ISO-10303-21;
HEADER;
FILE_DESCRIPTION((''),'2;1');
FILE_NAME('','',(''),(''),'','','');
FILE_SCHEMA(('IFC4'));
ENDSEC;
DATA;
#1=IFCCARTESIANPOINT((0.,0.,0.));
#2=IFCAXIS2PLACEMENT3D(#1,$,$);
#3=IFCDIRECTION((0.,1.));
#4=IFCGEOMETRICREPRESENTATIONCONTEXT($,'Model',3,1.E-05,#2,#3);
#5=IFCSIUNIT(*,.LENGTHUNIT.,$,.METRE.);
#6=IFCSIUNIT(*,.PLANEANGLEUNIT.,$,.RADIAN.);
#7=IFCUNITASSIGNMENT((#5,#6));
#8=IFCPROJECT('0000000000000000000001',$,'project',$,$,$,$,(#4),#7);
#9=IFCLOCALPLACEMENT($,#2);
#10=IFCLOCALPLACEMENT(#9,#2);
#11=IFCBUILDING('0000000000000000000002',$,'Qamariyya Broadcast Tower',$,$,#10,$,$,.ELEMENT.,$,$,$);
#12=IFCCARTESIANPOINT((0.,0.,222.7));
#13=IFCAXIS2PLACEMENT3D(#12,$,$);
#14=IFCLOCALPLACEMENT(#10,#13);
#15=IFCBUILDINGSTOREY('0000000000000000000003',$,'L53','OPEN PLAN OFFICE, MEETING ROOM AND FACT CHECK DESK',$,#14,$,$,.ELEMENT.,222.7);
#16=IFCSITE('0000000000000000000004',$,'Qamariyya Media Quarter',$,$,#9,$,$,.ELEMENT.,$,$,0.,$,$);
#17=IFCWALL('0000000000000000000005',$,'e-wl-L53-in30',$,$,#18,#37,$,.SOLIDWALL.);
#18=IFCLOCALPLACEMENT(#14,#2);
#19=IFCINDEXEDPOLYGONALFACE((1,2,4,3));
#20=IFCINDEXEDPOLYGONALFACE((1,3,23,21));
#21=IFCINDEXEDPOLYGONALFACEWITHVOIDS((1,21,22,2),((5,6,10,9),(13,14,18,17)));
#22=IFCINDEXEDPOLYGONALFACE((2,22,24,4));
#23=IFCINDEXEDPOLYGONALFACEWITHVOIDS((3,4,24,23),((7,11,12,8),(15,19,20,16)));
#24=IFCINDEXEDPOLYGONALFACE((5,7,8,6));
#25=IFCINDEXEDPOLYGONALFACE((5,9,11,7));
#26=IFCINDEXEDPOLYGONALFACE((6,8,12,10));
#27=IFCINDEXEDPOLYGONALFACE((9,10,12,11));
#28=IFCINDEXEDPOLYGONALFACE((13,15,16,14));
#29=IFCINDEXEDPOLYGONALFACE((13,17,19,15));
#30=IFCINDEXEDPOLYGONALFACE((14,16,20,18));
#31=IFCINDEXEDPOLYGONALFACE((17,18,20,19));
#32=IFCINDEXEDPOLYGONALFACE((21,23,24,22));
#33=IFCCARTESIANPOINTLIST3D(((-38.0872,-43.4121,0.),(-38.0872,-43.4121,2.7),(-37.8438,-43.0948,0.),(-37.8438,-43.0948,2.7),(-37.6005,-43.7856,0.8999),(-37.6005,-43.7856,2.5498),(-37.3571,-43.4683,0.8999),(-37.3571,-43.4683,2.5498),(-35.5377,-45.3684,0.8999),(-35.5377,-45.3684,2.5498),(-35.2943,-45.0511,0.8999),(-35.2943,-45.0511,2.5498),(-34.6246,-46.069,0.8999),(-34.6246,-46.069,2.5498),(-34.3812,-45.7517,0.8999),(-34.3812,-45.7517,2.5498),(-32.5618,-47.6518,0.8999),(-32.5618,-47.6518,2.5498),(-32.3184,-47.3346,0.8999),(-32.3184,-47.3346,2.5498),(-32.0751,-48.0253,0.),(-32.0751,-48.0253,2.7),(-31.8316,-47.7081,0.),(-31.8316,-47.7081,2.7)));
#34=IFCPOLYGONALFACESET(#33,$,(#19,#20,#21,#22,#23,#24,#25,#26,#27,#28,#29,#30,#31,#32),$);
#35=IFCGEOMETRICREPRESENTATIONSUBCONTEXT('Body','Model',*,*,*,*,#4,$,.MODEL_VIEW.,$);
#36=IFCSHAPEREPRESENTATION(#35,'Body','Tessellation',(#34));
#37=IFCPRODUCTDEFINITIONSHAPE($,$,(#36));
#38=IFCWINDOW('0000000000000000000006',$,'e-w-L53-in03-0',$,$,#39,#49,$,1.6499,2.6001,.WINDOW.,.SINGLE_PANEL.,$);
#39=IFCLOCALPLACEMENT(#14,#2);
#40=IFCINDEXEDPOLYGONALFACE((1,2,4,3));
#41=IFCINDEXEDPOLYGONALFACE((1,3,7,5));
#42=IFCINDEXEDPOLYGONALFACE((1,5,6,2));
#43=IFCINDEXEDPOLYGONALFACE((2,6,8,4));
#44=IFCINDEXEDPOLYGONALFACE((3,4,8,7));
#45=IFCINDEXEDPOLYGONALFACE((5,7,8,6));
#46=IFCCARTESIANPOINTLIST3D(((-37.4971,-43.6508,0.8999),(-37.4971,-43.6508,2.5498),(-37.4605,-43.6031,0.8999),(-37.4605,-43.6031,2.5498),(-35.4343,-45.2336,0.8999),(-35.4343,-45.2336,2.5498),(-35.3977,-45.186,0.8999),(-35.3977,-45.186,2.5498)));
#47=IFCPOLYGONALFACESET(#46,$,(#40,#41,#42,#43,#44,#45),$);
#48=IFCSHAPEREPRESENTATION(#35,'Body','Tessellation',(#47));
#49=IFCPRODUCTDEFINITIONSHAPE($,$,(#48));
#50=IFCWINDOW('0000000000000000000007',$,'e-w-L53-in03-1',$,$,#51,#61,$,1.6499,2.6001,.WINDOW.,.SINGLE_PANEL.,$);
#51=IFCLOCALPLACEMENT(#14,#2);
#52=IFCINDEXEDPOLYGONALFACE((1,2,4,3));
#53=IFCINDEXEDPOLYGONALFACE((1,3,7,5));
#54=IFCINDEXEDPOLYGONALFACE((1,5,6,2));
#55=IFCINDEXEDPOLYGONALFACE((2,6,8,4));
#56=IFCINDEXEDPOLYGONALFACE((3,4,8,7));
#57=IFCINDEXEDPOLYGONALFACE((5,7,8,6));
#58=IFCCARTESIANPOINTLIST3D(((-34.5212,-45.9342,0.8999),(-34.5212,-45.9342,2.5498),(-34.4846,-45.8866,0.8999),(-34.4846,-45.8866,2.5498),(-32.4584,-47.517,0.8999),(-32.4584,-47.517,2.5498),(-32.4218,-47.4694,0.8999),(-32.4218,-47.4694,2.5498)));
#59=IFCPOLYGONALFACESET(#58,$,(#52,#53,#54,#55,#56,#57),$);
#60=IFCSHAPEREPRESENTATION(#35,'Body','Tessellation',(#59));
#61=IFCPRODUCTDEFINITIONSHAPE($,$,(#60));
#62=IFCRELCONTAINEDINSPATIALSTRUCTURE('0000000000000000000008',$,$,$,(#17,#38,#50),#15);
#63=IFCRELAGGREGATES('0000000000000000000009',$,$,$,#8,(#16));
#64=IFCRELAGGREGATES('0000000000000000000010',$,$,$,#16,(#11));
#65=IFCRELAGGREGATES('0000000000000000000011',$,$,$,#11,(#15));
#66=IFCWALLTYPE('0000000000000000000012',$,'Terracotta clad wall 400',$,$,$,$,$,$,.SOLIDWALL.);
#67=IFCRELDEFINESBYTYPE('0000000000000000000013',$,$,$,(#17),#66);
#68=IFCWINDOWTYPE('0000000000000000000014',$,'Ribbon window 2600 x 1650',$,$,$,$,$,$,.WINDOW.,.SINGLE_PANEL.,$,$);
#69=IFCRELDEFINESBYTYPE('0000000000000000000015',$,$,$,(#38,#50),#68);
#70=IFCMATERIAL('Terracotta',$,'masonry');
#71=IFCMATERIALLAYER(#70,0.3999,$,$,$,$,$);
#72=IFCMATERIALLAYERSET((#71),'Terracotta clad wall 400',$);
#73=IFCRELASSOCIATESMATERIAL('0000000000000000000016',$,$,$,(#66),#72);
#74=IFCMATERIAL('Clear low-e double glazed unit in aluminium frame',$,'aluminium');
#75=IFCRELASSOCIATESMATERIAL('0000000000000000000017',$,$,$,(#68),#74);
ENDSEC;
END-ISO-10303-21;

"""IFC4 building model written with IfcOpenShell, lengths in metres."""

from ifc_helpers import new_model, si_unit, direction, frame, frame_2d, origin, place, context, subcontext, project, spatial, rectangle, extrude, material, layer, layer_set, type_object, element, fill, save


model = new_model("IFC4")

# Units and contexts
model_context = context("Model", 3, precision=1e-05, world=origin(), true_north=direction((0.0, 1.0)))
body_context = subcontext(model_context, "Body", "Model", "MODEL_VIEW")
ifc_project = project(units=[si_unit("LENGTHUNIT", "METRE"), si_unit("PLANEANGLEUNIT", "RADIAN")], contexts=[model_context])

# Site, building, storey
site_placement = place(None, origin())
site = spatial("IfcSite", under=ifc_project, at=site_placement, Name="Qamariyya Media Quarter", CompositionType="ELEMENT", RefElevation=0.0)
building_placement = place(site_placement, origin())
building = spatial("IfcBuilding", under=site, at=building_placement, Name="Qamariyya Broadcast Tower", CompositionType="ELEMENT")
storey_placement = place(building_placement, frame((0.0, 0.0, 222.7)))
storey = spatial("IfcBuildingStorey", under=building, at=storey_placement, Name="L53", Description="OPEN PLAN OFFICE, MEETING ROOM AND FACT CHECK DESK", CompositionType="ELEMENT", Elevation=222.7)

# Wall, openings, windows
ifc_material_1 = material(Name="Terracotta", Category="masonry")
ifc_layer_1 = layer(ifc_material_1, 0.3999)
ifc_layer_set_1 = layer_set([ifc_layer_1], Name="Terracotta clad wall 400")
wall_type = type_object("IfcWallType", Name="Terracotta clad wall 400", PredefinedType="SOLIDWALL", material=ifc_layer_set_1)
ifc_material_2 = material(Name="Clear low-e double glazed unit in aluminium frame", Category="aluminium")
window_type = type_object("IfcWindowType", Name="Ribbon window 2600 x 1650", PartitioningType="SINGLE_PANEL", PredefinedType="WINDOW", material=ifc_material_2)
wall_1_placement = place(storey_placement, frame((-31.9534, -47.8667, 0.0), z_axis=(0.0, 0.0, 1.0), x_axis=(-0.793356, 0.608757, 0.0)))
wall_1 = element("IfcWall", 1, at=wall_1_placement, inside=storey, type_object=wall_type, Name="e-wl-L53-in30", PredefinedType="SOLIDWALL", context=body_context, shape_type="SweptSolid", body=[
    extrude(rectangle(XDim=7.5781, YDim=0.3999, at=frame_2d((3.7891, 0.0))), origin(), (0.0, 0.0, 1.0), 2.7),
])
opening_1_placement = place(wall_1_placement, frame((4.3645, 0.0, 0.8999)))
opening_1 = element("IfcOpeningElement", 2, at=opening_1_placement, cuts=wall_1, PredefinedType="OPENING", context=body_context, shape_type="SweptSolid", body=[
    extrude(rectangle(XDim=2.6001, YDim=1.6499, at=frame_2d((1.3, 0.825))), frame((0.0, 0.21, 0.0), z_axis=(0.0, -1.0, 0.0), x_axis=(1.0, 0.0, 0.0)), (0.0, 0.0, 1.0), 0.4199),
])
opening_2_placement = place(wall_1_placement, frame((0.6135, 0.0, 0.8999)))
opening_2 = element("IfcOpeningElement", 3, at=opening_2_placement, cuts=wall_1, PredefinedType="OPENING", context=body_context, shape_type="SweptSolid", body=[
    extrude(rectangle(XDim=2.6001, YDim=1.6499, at=frame_2d((1.3, 0.825))), frame((0.0, 0.21, 0.0), z_axis=(0.0, -1.0, 0.0), x_axis=(1.0, 0.0, 0.0)), (0.0, 0.0, 1.0), 0.4199),
])
window_1_placement = place(opening_1_placement, origin())
window_1 = element("IfcWindow", 4, at=window_1_placement, inside=storey, type_object=window_type, Name="e-w-L53-in03-0", OverallHeight=1.6499, OverallWidth=2.6001, PartitioningType="SINGLE_PANEL", PredefinedType="WINDOW", context=body_context, shape_type="SweptSolid", body=[
    extrude(rectangle(XDim=2.6001, YDim=1.6499, at=frame_2d((1.3, 0.825))), frame((0.0, 0.03, 0.0), z_axis=(0.0, -1.0, 0.0), x_axis=(1.0, 0.0, 0.0)), (0.0, 0.0, 1.0), 0.0601),
])
fill(opening_1, window_1)
window_2_placement = place(opening_2_placement, origin())
window_2 = element("IfcWindow", 5, at=window_2_placement, inside=storey, type_object=window_type, Name="e-w-L53-in03-1", OverallHeight=1.6499, OverallWidth=2.6001, PartitioningType="SINGLE_PANEL", PredefinedType="WINDOW", context=body_context, shape_type="SweptSolid", body=[
    extrude(rectangle(XDim=2.6001, YDim=1.6499, at=frame_2d((1.3, 0.825))), frame((0.0, 0.03, 0.0), z_axis=(0.0, -1.0, 0.0), x_axis=(1.0, 0.0, 0.0)), (0.0, 0.0, 1.0), 0.0601),
])
fill(opening_2, window_2)

save(model, "model.ifc")
